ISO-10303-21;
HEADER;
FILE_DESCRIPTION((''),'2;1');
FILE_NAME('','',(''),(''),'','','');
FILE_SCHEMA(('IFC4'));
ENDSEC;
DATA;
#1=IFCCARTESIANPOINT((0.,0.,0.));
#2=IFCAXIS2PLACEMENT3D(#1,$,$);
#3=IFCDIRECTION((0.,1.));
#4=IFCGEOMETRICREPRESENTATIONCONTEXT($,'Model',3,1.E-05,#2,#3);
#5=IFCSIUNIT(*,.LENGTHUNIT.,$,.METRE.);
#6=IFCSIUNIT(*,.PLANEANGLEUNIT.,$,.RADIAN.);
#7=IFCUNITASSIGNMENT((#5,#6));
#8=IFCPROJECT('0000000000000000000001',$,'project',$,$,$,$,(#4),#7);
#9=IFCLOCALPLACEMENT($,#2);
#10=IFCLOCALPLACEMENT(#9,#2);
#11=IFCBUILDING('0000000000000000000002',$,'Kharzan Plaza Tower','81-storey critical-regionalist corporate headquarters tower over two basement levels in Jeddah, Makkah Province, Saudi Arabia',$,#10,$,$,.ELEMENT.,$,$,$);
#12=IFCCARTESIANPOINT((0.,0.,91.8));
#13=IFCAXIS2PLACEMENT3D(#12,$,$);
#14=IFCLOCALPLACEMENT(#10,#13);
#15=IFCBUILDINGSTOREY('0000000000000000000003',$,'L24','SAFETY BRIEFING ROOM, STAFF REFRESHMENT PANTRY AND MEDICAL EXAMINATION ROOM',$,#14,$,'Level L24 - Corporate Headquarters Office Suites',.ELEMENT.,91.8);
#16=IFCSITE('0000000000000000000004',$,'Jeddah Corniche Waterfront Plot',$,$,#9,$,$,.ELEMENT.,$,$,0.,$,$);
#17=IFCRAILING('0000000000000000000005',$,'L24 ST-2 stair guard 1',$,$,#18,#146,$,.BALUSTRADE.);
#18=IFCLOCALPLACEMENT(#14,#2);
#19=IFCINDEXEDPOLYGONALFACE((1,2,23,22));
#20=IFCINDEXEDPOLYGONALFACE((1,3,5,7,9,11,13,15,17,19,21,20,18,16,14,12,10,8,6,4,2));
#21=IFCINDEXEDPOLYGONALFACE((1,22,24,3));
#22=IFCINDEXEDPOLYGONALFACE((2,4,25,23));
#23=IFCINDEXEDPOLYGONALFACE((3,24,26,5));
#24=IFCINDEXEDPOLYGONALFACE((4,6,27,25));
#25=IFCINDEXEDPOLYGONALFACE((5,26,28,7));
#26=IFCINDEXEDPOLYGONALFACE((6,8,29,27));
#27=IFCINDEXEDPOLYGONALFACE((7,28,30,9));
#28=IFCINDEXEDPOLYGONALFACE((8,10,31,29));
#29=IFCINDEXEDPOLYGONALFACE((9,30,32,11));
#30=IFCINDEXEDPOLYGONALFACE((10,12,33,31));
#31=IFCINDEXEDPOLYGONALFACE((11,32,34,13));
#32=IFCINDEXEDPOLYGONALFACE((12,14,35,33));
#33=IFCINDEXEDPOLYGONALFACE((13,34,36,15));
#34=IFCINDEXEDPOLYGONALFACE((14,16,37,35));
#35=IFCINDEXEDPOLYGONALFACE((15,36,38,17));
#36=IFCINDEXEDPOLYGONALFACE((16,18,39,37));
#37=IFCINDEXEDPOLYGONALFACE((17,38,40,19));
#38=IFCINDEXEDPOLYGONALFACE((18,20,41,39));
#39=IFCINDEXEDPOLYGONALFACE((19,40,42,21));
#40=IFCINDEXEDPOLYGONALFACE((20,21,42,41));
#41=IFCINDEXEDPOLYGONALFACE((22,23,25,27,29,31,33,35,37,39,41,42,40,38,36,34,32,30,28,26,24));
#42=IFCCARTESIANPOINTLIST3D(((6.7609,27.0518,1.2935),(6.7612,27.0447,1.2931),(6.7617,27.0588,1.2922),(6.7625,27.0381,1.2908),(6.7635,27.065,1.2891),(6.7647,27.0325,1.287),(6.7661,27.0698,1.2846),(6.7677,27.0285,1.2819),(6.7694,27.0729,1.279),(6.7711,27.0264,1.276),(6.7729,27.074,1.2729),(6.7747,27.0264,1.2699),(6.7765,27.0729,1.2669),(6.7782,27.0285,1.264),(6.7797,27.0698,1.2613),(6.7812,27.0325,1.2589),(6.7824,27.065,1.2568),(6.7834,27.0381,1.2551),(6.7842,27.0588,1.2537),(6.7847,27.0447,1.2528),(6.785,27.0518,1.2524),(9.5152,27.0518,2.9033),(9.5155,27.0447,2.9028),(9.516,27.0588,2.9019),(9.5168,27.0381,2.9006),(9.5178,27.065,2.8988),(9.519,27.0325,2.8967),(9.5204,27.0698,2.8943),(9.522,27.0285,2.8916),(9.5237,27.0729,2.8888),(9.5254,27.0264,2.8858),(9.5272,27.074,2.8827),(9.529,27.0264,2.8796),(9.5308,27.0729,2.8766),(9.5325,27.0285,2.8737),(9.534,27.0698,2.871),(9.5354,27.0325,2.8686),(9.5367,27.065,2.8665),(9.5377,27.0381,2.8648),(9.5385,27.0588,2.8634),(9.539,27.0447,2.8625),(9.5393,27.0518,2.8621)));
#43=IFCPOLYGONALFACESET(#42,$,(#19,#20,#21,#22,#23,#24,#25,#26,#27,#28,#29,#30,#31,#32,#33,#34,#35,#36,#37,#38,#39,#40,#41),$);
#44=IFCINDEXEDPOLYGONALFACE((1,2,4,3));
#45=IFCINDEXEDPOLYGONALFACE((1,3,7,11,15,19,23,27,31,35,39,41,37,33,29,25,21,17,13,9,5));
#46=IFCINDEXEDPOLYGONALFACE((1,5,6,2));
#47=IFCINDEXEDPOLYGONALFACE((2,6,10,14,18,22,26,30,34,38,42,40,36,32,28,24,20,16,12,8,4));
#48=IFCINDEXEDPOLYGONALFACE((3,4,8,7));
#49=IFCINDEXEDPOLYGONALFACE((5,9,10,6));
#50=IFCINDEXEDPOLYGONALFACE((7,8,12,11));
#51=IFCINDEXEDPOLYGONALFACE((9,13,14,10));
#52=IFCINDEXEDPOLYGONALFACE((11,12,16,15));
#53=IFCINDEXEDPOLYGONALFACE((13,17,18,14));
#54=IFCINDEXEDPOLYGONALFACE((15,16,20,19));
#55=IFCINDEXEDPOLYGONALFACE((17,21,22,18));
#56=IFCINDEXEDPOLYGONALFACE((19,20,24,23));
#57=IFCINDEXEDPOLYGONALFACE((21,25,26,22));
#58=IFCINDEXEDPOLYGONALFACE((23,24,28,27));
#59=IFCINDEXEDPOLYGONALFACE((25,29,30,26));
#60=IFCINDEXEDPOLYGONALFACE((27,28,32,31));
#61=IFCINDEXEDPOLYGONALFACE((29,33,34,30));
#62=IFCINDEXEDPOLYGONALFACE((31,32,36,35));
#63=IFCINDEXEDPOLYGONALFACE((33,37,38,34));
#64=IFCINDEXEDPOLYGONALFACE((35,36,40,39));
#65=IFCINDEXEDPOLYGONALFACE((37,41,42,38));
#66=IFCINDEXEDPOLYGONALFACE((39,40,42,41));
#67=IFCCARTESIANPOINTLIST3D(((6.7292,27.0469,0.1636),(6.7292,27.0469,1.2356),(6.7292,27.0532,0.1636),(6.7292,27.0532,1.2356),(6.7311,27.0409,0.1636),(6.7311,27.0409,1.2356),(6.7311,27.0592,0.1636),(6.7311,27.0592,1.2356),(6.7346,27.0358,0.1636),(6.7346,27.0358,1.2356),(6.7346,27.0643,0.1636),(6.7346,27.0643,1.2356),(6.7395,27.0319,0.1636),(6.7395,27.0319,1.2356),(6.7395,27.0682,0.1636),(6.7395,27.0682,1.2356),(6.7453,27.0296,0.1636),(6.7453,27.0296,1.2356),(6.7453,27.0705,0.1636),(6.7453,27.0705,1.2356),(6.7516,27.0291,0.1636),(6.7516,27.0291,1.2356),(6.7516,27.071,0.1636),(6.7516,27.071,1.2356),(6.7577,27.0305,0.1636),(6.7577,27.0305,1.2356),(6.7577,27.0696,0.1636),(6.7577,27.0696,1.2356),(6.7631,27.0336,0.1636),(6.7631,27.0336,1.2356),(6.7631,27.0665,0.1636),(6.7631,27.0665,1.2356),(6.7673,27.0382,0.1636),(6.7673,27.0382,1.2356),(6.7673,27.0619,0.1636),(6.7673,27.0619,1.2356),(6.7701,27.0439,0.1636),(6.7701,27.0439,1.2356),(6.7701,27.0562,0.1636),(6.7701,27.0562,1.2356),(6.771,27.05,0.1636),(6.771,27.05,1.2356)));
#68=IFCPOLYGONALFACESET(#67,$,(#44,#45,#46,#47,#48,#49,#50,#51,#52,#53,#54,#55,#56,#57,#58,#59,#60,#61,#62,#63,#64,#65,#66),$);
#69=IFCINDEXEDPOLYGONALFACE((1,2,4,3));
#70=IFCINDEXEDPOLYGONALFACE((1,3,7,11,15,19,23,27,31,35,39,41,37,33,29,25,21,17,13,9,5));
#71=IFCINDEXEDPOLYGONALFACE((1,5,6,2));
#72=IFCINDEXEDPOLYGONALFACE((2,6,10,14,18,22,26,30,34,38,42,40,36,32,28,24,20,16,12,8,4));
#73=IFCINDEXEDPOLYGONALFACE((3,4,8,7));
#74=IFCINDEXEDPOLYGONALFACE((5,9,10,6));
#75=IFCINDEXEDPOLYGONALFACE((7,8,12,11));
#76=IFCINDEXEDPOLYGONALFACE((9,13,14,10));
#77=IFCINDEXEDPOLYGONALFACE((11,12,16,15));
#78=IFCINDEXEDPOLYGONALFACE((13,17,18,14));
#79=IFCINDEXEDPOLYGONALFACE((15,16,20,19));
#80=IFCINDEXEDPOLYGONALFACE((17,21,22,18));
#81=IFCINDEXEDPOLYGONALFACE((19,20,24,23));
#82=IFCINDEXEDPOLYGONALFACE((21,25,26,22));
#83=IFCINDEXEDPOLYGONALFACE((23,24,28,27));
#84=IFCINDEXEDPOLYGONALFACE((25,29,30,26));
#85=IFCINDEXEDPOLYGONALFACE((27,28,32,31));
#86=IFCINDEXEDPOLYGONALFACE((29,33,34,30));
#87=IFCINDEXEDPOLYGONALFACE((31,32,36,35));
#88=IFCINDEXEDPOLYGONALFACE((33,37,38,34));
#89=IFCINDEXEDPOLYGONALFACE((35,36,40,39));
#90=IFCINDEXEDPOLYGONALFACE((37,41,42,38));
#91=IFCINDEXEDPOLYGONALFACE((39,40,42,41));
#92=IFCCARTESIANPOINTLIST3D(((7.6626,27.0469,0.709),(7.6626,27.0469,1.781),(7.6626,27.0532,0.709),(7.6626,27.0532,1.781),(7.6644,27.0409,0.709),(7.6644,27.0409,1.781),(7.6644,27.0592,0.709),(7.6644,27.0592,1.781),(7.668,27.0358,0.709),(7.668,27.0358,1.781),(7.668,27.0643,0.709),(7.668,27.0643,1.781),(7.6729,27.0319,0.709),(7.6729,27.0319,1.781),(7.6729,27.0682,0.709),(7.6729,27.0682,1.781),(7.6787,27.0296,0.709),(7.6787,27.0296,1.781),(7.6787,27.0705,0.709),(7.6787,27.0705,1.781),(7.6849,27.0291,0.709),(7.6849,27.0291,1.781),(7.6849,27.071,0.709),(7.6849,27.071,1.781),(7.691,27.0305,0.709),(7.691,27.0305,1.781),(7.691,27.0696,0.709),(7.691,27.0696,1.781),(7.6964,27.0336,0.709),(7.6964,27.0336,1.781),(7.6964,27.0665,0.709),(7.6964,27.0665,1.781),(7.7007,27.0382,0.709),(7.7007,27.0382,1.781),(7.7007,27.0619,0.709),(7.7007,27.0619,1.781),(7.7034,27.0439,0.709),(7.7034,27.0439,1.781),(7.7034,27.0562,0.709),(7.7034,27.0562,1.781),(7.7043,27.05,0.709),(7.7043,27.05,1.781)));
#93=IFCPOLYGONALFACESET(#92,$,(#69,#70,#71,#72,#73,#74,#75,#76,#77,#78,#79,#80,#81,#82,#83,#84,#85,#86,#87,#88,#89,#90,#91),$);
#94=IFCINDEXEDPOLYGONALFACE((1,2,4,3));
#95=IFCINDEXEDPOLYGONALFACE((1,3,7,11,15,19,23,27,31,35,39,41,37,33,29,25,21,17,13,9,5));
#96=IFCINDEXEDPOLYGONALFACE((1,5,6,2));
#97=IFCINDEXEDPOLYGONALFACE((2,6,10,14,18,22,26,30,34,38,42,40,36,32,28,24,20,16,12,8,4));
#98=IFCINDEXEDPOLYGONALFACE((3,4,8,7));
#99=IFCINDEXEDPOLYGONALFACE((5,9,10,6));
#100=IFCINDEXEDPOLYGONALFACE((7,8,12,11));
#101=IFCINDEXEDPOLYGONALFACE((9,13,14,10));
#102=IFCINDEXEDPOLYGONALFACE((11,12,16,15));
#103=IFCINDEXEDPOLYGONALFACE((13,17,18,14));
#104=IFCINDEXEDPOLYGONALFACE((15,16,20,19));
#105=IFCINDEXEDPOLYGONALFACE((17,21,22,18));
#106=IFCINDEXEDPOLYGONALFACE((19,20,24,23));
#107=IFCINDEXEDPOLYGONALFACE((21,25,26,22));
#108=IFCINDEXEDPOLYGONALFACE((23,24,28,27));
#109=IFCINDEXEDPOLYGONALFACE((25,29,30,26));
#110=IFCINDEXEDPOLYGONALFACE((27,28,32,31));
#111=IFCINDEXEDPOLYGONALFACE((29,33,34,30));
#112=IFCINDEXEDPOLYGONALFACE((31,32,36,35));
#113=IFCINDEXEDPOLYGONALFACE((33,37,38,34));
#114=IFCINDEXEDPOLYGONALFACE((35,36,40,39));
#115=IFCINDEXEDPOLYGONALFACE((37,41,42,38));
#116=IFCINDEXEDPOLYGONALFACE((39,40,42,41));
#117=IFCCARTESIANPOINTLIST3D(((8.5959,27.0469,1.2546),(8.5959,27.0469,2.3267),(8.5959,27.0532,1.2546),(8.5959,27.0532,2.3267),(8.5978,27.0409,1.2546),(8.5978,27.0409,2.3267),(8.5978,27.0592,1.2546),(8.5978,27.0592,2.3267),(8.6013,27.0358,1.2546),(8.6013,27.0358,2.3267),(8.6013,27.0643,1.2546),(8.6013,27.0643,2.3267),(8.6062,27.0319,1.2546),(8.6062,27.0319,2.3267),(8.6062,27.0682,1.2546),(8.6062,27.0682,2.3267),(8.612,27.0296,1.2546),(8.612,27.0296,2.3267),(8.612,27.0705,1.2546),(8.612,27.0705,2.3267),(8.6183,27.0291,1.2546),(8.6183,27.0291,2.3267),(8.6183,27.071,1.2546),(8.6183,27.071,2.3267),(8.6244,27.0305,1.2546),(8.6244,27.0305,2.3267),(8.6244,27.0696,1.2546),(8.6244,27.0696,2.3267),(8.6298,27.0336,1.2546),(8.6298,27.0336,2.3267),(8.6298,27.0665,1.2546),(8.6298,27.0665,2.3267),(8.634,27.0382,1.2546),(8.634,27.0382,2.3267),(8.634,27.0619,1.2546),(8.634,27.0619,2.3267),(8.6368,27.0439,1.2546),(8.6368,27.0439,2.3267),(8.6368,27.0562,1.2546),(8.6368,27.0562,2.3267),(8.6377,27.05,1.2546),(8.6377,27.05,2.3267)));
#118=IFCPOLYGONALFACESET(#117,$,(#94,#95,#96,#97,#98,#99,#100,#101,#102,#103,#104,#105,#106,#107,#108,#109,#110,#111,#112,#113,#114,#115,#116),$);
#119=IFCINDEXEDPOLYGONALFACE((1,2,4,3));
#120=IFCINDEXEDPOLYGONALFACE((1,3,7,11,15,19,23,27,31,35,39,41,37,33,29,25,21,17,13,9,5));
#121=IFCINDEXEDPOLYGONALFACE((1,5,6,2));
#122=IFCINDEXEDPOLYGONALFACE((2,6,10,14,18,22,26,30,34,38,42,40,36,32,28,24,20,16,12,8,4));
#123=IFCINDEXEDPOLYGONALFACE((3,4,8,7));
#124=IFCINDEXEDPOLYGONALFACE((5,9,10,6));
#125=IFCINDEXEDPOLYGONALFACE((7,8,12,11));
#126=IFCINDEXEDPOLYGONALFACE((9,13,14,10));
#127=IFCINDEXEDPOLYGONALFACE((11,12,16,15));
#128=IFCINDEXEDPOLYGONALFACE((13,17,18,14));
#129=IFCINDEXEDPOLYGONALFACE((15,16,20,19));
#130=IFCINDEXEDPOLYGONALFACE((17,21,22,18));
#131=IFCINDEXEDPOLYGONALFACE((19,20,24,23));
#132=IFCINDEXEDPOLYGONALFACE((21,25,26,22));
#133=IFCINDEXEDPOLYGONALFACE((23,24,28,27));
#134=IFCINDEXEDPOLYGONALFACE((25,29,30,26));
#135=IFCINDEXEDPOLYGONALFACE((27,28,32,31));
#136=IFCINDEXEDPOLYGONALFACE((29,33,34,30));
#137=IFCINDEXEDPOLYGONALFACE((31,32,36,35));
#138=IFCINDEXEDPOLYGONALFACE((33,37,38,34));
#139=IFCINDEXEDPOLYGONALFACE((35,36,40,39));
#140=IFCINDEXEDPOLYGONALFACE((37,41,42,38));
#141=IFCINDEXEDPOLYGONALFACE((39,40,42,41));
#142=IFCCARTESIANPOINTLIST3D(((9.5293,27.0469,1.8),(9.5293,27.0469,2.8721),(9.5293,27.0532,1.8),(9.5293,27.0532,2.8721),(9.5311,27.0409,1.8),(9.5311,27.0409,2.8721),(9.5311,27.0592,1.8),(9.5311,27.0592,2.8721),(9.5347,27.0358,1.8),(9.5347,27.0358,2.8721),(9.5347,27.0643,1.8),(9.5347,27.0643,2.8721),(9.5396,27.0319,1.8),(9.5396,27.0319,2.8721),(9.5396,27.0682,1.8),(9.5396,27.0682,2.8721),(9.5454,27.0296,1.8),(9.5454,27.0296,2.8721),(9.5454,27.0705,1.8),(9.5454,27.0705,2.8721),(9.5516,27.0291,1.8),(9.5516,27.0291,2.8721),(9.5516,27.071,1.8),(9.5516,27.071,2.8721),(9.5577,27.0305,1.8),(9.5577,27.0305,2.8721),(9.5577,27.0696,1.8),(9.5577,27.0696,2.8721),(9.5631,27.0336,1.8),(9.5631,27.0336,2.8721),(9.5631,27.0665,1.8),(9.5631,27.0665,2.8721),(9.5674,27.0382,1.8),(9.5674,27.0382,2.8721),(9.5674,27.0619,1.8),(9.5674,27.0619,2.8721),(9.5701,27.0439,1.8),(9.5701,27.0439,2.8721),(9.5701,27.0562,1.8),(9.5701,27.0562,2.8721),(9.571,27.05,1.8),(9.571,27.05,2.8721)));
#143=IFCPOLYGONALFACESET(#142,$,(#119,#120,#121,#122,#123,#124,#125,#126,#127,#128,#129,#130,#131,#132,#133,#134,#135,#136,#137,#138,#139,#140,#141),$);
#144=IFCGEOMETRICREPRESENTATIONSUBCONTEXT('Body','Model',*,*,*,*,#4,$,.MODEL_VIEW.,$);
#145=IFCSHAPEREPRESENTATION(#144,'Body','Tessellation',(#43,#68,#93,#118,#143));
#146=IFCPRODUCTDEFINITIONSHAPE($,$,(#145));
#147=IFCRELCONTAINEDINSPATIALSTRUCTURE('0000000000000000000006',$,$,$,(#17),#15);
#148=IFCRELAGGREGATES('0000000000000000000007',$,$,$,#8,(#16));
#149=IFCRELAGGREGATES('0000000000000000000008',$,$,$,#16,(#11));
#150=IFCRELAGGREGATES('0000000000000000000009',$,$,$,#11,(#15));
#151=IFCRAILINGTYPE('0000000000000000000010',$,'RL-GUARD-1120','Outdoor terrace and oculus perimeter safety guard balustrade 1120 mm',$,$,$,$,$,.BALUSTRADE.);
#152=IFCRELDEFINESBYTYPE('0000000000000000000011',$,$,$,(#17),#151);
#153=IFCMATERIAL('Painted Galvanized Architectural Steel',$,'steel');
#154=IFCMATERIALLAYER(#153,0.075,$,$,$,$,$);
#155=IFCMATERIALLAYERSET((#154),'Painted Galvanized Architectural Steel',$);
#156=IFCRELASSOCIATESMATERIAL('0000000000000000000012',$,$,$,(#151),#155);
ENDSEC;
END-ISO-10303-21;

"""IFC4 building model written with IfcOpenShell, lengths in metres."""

from ifc_helpers import new_model, si_unit, direction, frame, origin, origin_2d, place, context, subcontext, project, spatial, circle, extrude, source, transform, mapped, material, layer, layer_set, type_object, element, save


model = new_model("IFC4")

# Units and contexts
model_context = context("Model", 3, precision=1e-05, world=origin(), true_north=direction((0.0, 1.0)))
body_context = subcontext(model_context, "Body", "Model", "MODEL_VIEW")
ifc_project = project(units=[si_unit("LENGTHUNIT", "METRE"), si_unit("PLANEANGLEUNIT", "RADIAN")], contexts=[model_context])

# Site, building, storey
site_placement = place(None, origin())
site = spatial("IfcSite", under=ifc_project, at=site_placement, Name="Jeddah Corniche Waterfront Plot", CompositionType="ELEMENT", RefElevation=0.0)
building_placement = place(site_placement, origin())
building = spatial("IfcBuilding", under=site, at=building_placement, Name="Kharzan Plaza Tower", Description="81-storey critical-regionalist corporate headquarters tower over two basement levels in Jeddah, Makkah Province, Saudi Arabia", CompositionType="ELEMENT")
storey_placement = place(building_placement, frame((0.0, 0.0, 91.8)))
storey = spatial("IfcBuildingStorey", under=building, at=storey_placement, Name="L24", Description="SAFETY BRIEFING ROOM, STAFF REFRESHMENT PANTRY AND MEDICAL EXAMINATION ROOM", LongName="Level L24 - Corporate Headquarters Office Suites", CompositionType="ELEMENT", Elevation=91.8)

# Railing
ifc_material_1 = material(Name="Painted Galvanized Architectural Steel", Category="steel")
ifc_layer_1 = layer(ifc_material_1, 0.075)
ifc_layer_set_1 = layer_set([ifc_layer_1], Name="Painted Galvanized Architectural Steel")
railing_type_1 = type_object("IfcRailingType", Name="RL-GUARD-1120", Description="Outdoor terrace and oculus perimeter safety guard balustrade 1120 mm", PredefinedType="BALUSTRADE", material=ifc_layer_set_1)
shared_shape_1 = source(origin(), body_context, "Body", "SweptSolid", [
    extrude(circle(Radius=0.0239, at=origin_2d()), frame((0.0229, 0.0, 1.1094), z_axis=(0.863361, 0.0, 0.504587), x_axis=(0.0, 1.0, 0.0)), (0.0, 0.0, 1.0), 3.1902),
    extrude(circle(Radius=0.021, at=origin_2d()), origin(), (0.0, 0.0, 1.0), 1.072),
    extrude(circle(Radius=0.021, at=origin_2d()), frame((0.9333, 0.0, 0.5454)), (0.0, 0.0, 1.0), 1.072),
    extrude(circle(Radius=0.021, at=origin_2d()), frame((1.8667, 0.0, 1.0911)), (0.0, 0.0, 1.0), 1.072),
    extrude(circle(Radius=0.021, at=origin_2d()), frame((2.8, 0.0, 1.6365)), (0.0, 0.0, 1.0), 1.072),
])
railing_1_placement = place(storey_placement, frame((6.75, 27.05, 0.1636)))
element("IfcRailing", 1, at=railing_1_placement, inside=storey, type_object=railing_type_1, Name="L24 ST-2 stair guard 1", PredefinedType="BALUSTRADE", context=body_context, shape_type="MappedRepresentation", body=[
    mapped(shared_shape_1, transform((0.0, 0.0, 0.0), x_axis=(1.0, 0.0, 0.0), y_axis=(0.0, 1.0, 0.0), z_axis=(0.0, 0.0, 1.0))),
])

save(model, "model.ifc")
